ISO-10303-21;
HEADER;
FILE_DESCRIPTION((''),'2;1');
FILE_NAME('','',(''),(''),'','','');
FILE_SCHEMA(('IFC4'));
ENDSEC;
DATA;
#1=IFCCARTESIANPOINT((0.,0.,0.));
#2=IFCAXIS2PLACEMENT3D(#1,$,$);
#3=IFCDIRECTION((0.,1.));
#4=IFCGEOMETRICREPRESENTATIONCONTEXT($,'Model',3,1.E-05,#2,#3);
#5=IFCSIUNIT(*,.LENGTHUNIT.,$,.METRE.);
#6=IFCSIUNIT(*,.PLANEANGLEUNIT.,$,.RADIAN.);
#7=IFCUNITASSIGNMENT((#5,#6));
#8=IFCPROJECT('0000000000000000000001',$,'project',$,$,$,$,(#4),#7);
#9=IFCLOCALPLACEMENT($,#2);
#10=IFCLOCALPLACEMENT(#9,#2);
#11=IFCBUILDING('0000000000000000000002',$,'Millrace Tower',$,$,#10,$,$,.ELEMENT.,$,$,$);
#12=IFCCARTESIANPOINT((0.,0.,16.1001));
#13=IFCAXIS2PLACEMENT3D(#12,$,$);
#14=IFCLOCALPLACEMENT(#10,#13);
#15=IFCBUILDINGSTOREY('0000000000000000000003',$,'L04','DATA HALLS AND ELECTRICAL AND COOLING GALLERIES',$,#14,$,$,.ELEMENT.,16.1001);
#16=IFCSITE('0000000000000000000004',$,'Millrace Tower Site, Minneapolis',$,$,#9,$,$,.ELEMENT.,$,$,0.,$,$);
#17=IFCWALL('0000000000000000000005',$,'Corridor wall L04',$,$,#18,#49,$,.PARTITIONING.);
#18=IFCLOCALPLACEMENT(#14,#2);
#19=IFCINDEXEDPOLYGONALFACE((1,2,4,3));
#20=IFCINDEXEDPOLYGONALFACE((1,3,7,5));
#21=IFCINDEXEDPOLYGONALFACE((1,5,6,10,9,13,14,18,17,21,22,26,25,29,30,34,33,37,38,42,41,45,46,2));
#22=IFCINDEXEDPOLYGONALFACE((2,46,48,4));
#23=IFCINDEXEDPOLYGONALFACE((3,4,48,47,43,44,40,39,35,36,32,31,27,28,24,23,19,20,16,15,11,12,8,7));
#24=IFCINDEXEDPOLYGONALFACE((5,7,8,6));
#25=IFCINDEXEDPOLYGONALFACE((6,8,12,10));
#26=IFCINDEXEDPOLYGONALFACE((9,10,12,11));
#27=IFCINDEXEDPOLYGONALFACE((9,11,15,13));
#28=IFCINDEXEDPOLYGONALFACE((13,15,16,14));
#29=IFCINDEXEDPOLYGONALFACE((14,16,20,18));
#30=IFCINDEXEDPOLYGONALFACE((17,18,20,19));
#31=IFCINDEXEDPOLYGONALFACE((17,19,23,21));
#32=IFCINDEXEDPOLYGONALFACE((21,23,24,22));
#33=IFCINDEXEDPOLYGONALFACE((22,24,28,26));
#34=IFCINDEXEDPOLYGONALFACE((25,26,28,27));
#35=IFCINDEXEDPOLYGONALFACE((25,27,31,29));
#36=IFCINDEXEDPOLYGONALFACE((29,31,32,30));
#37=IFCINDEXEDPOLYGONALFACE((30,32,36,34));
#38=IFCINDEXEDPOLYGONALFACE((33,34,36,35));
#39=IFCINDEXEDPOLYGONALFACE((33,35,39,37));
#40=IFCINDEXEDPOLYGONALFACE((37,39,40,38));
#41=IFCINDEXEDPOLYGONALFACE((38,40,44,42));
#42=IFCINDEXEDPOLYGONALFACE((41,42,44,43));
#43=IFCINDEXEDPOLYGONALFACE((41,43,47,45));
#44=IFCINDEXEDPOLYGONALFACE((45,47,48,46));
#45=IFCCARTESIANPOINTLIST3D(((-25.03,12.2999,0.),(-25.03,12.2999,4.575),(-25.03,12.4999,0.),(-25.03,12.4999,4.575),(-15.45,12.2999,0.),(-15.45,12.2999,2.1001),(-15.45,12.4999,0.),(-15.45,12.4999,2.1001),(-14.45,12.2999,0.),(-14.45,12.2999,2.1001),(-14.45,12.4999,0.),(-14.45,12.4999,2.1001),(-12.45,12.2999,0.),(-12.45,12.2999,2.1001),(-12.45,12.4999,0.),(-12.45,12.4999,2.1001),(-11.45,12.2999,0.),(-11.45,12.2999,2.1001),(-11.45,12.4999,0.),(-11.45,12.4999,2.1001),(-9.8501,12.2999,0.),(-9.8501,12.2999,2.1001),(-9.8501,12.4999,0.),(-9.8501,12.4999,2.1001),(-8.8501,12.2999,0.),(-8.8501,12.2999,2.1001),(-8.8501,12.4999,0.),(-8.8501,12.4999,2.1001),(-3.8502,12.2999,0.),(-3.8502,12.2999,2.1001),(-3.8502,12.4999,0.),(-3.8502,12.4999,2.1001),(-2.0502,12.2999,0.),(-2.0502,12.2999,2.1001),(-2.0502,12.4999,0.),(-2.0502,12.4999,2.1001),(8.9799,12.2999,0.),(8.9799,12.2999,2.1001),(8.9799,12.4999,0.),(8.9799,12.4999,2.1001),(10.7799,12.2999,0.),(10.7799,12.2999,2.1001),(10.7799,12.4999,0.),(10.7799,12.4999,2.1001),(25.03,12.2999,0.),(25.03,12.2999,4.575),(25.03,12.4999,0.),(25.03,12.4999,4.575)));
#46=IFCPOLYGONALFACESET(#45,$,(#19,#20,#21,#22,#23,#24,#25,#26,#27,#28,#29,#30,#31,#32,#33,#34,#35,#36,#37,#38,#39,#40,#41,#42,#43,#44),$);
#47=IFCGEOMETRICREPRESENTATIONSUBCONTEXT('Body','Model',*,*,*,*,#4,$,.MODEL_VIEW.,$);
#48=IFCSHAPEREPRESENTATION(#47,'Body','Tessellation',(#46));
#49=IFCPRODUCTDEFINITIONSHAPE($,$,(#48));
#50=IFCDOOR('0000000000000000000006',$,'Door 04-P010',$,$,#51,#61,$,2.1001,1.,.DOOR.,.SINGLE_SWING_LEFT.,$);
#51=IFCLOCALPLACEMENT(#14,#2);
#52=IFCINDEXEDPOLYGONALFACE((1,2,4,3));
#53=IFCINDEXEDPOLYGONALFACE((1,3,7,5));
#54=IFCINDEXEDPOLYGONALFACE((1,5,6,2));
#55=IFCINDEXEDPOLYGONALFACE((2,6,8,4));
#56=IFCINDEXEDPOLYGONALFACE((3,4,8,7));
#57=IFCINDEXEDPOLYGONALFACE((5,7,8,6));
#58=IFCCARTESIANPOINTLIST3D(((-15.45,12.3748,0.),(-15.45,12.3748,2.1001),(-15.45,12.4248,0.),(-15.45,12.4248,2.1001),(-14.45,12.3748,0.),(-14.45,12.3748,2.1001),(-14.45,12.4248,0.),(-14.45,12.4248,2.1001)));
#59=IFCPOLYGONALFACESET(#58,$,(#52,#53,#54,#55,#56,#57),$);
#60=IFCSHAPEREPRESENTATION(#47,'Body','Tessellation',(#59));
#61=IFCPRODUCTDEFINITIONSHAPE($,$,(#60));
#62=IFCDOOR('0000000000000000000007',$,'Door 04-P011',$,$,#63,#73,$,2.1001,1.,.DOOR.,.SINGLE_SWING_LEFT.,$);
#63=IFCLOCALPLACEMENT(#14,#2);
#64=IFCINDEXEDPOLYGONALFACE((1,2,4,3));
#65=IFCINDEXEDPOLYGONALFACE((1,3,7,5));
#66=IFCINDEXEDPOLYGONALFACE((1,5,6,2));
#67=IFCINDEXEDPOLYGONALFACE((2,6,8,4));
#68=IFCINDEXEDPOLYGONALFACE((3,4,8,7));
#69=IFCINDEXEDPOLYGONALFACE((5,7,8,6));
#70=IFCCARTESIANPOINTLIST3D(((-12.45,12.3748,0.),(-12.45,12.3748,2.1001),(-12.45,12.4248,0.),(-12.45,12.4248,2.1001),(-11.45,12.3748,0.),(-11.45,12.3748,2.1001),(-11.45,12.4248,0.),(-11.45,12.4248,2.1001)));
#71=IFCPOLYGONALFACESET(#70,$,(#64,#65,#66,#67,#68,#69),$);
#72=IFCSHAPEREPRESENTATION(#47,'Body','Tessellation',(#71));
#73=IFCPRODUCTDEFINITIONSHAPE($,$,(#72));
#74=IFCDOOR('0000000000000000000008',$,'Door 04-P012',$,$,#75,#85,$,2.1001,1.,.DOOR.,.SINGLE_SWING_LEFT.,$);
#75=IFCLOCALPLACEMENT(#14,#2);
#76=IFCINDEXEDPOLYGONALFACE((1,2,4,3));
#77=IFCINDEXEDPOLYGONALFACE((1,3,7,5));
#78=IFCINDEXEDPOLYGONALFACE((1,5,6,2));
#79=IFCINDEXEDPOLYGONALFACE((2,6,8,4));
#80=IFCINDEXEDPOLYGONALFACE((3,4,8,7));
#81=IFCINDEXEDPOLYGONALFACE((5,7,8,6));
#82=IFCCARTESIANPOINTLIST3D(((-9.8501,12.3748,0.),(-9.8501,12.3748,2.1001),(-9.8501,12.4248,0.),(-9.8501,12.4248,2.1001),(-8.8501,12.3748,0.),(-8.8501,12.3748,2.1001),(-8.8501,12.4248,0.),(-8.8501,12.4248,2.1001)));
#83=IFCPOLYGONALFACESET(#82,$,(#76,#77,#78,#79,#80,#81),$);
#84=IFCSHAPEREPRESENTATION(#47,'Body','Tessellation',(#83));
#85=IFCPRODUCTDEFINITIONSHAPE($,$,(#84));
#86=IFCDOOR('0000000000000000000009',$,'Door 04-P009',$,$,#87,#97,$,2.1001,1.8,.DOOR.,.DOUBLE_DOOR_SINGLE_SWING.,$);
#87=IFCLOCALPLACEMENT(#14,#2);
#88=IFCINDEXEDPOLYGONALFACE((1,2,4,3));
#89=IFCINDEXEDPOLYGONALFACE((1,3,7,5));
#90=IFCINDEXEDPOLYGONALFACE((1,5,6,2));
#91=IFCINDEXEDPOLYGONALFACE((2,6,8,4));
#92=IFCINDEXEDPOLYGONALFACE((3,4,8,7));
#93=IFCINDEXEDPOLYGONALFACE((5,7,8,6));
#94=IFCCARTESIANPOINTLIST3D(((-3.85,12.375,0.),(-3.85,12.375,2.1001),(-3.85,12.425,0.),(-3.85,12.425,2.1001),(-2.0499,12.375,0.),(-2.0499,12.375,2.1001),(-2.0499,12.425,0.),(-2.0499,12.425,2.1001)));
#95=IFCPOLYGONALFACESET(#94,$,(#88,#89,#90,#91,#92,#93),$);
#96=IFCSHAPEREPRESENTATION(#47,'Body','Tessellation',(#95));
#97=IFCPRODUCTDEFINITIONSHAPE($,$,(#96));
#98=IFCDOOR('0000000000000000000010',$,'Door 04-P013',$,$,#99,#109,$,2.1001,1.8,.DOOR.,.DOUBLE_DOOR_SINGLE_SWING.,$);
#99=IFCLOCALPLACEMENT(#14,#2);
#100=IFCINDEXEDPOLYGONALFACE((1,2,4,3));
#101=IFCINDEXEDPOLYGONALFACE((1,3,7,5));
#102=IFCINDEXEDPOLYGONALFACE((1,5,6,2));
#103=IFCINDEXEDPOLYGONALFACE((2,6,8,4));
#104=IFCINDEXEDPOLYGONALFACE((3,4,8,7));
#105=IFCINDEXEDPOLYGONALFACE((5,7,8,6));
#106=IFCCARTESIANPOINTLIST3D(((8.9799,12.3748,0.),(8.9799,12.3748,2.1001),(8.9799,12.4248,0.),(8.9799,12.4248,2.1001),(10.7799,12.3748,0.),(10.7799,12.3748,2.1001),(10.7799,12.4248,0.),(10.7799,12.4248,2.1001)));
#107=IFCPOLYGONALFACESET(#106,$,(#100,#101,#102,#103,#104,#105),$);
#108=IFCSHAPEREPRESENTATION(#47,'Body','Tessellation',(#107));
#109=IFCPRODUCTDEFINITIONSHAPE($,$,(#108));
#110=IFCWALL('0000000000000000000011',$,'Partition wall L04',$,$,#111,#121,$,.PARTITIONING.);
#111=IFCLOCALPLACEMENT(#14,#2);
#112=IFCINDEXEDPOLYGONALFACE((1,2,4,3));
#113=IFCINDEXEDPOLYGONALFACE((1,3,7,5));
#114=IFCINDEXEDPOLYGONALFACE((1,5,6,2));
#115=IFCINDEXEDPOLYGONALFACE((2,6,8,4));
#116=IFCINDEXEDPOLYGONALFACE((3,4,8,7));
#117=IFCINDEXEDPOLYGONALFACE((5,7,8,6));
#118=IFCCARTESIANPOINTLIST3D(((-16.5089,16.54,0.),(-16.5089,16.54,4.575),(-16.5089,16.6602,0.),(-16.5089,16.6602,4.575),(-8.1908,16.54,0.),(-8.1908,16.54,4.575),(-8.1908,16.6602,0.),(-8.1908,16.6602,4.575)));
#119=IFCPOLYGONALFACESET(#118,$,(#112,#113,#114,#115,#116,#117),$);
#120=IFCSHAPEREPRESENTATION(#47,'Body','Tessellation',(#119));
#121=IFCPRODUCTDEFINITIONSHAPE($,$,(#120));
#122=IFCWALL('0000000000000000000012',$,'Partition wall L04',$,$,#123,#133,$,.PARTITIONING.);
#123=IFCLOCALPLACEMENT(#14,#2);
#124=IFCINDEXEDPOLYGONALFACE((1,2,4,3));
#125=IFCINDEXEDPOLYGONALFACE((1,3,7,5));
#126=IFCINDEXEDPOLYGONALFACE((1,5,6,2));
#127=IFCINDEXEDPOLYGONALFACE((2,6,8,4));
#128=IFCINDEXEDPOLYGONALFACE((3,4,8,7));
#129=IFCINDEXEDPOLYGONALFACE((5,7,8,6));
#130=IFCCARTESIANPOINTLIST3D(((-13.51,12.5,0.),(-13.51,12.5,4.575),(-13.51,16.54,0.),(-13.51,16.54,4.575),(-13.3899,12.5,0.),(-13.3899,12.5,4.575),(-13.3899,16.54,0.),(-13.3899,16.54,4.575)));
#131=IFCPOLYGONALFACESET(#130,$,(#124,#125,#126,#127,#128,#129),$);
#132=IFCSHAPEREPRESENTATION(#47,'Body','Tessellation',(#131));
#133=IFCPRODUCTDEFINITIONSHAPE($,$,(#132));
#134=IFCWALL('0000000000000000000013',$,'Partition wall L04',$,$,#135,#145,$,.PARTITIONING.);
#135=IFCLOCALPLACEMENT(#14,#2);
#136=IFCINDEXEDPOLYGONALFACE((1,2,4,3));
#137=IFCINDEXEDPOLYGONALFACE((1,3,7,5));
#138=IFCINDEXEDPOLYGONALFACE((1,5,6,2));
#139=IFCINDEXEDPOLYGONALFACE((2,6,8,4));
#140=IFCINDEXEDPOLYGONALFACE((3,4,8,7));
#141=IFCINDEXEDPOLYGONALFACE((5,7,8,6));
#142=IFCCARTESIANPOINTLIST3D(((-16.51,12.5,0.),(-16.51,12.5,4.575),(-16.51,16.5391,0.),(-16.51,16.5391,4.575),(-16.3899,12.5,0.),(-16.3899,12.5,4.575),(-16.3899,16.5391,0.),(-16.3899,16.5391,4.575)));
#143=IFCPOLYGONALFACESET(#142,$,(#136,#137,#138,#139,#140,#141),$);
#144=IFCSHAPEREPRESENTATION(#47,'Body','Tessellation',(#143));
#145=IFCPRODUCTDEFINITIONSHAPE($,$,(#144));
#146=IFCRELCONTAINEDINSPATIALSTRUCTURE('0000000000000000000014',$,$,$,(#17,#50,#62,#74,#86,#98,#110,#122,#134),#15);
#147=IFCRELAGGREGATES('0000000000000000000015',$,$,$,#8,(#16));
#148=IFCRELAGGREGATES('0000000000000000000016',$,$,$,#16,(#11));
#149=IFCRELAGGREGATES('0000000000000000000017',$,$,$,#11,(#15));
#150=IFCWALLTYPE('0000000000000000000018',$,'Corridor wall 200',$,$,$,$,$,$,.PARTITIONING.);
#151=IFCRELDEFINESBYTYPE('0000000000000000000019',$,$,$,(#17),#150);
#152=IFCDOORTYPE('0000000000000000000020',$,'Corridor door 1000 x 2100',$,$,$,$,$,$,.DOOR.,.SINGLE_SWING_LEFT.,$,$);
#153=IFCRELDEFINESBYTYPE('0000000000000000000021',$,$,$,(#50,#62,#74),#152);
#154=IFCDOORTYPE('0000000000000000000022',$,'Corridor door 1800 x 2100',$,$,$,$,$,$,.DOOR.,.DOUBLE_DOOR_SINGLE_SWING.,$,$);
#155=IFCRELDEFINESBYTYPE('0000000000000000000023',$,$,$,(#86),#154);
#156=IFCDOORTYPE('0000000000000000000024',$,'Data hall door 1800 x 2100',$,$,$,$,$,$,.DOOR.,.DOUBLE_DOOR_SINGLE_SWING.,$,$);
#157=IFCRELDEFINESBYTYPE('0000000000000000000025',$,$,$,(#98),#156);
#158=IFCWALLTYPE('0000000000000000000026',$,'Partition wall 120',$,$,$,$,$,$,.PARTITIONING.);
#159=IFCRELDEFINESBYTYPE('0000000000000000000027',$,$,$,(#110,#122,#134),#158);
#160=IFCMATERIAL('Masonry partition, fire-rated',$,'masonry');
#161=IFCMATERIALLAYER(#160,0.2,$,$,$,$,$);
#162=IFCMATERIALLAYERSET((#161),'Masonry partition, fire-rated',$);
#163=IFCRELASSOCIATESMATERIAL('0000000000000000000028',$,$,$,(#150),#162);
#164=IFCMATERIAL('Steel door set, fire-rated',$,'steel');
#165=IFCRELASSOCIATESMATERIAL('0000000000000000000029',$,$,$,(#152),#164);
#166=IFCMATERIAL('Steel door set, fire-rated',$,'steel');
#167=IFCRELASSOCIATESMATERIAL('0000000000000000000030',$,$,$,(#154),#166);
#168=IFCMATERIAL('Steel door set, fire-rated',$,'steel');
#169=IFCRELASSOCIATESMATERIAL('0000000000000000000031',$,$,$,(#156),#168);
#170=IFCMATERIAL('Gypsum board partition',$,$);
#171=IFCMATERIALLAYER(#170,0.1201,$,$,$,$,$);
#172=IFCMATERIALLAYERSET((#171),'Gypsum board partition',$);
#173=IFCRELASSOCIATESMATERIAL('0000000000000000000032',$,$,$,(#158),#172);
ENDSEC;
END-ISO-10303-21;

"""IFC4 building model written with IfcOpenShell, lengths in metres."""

from ifc_helpers import new_model, si_unit, direction, frame, frame_2d, origin, place, context, subcontext, project, spatial, rectangle, extrude, material, layer, layer_set, type_object, element, fill, save


model = new_model("IFC4")

# Units and contexts
model_context = context("Model", 3, precision=1e-05, world=origin(), true_north=direction((0.0, 1.0)))
body_context = subcontext(model_context, "Body", "Model", "MODEL_VIEW")
ifc_project = project(units=[si_unit("LENGTHUNIT", "METRE"), si_unit("PLANEANGLEUNIT", "RADIAN")], contexts=[model_context])

# Site, building, storey
site_placement = place(None, origin())
site = spatial("IfcSite", under=ifc_project, at=site_placement, Name="Millrace Tower Site, Minneapolis", CompositionType="ELEMENT", RefElevation=0.0)
building_placement = place(site_placement, origin())
building = spatial("IfcBuilding", under=site, at=building_placement, Name="Millrace Tower", CompositionType="ELEMENT")
storey_placement = place(building_placement, frame((0.0, 0.0, 16.1001)))
storey = spatial("IfcBuildingStorey", under=building, at=storey_placement, Name="L04", Description="DATA HALLS AND ELECTRICAL AND COOLING GALLERIES", CompositionType="ELEMENT", Elevation=16.1001)

# Wall, openings, doors
ifc_material_1 = material(Name="Masonry partition, fire-rated", Category="masonry")
ifc_layer_1 = layer(ifc_material_1, 0.2)
ifc_layer_set_1 = layer_set([ifc_layer_1], Name="Masonry partition, fire-rated")
wall_type_1 = type_object("IfcWallType", Name="Corridor wall 200", PredefinedType="PARTITIONING", material=ifc_layer_set_1)
wall_1_placement = place(storey_placement, frame((-25.03, 12.3999, 0.0), z_axis=(0.0, 0.0, 1.0), x_axis=(1.0, 0.0, 0.0)))
wall_1 = element("IfcWall", 1, at=wall_1_placement, inside=storey, type_object=wall_type_1, Name="Corridor wall L04", PredefinedType="PARTITIONING", context=body_context, shape_type="SweptSolid", body=[
    extrude(rectangle(XDim=50.0601, YDim=0.2, at=frame_2d((25.03, 0.0))), origin(), (0.0, 0.0, 1.0), 4.575),
])
opening_1_placement = place(wall_1_placement, frame((21.1799, 0.0, 0.0)))
opening_1 = element("IfcOpeningElement", 2, at=opening_1_placement, cuts=wall_1, PredefinedType="OPENING", context=body_context, shape_type="SweptSolid", body=[
    extrude(rectangle(XDim=1.8, YDim=2.1001, at=frame_2d((0.8999, 1.05))), frame((0.0, 0.1099, 0.0), z_axis=(0.0, -1.0, 0.0), x_axis=(1.0, 0.0, 0.0)), (0.0, 0.0, 1.0), 0.22),
])
opening_2_placement = place(wall_1_placement, frame((9.5801, 0.0, 0.0)))
opening_2 = element("IfcOpeningElement", 3, at=opening_2_placement, cuts=wall_1, PredefinedType="OPENING", context=body_context, shape_type="SweptSolid", body=[
    extrude(rectangle(XDim=1.0, YDim=2.1001, at=frame_2d((0.5, 1.05))), frame((0.0, 0.1099, 0.0), z_axis=(0.0, -1.0, 0.0), x_axis=(1.0, 0.0, 0.0)), (0.0, 0.0, 1.0), 0.22),
])
opening_3_placement = place(wall_1_placement, frame((12.5801, 0.0, 0.0)))
opening_3 = element("IfcOpeningElement", 4, at=opening_3_placement, cuts=wall_1, PredefinedType="OPENING", context=body_context, shape_type="SweptSolid", body=[
    extrude(rectangle(XDim=1.0, YDim=2.1001, at=frame_2d((0.5, 1.05))), frame((0.0, 0.1099, 0.0), z_axis=(0.0, -1.0, 0.0), x_axis=(1.0, 0.0, 0.0)), (0.0, 0.0, 1.0), 0.22),
])
opening_4_placement = place(wall_1_placement, frame((15.1799, 0.0, 0.0)))
opening_4 = element("IfcOpeningElement", 5, at=opening_4_placement, cuts=wall_1, PredefinedType="OPENING", context=body_context, shape_type="SweptSolid", body=[
    extrude(rectangle(XDim=1.0, YDim=2.1001, at=frame_2d((0.5, 1.05))), frame((0.0, 0.1099, 0.0), z_axis=(0.0, -1.0, 0.0), x_axis=(1.0, 0.0, 0.0)), (0.0, 0.0, 1.0), 0.22),
])
opening_5_placement = place(wall_1_placement, frame((34.01, 0.0, 0.0)))
opening_5 = element("IfcOpeningElement", 6, at=opening_5_placement, cuts=wall_1, PredefinedType="OPENING", context=body_context, shape_type="SweptSolid", body=[
    extrude(rectangle(XDim=1.8, YDim=2.1001, at=frame_2d((0.8999, 1.05))), frame((0.0, 0.1099, 0.0), z_axis=(0.0, -1.0, 0.0), x_axis=(1.0, 0.0, 0.0)), (0.0, 0.0, 1.0), 0.22),
])
ifc_material_2 = material(Name="Steel door set, fire-rated", Category="steel")
door_type_1 = type_object("IfcDoorType", Name="Corridor door 1000 x 2100", OperationType="SINGLE_SWING_LEFT", PredefinedType="DOOR", material=ifc_material_2)
door_1_placement = place(opening_2_placement, origin())
door_1 = element("IfcDoor", 7, at=door_1_placement, inside=storey, type_object=door_type_1, Name="Door 04-P010", OperationType="SINGLE_SWING_LEFT", OverallHeight=2.1001, OverallWidth=1.0, PredefinedType="DOOR", context=body_context, shape_type="SweptSolid", body=[
    extrude(rectangle(XDim=1.0, YDim=2.1001, at=frame_2d((0.5, 1.05))), frame((0.0, 0.0249, 0.0), z_axis=(0.0, -1.0, 0.0), x_axis=(1.0, 0.0, 0.0)), (0.0, 0.0, 1.0), 0.05),
])
fill(opening_2, door_1)
door_2_placement = place(opening_3_placement, origin())
door_2 = element("IfcDoor", 8, at=door_2_placement, inside=storey, type_object=door_type_1, Name="Door 04-P011", OperationType="SINGLE_SWING_LEFT", OverallHeight=2.1001, OverallWidth=1.0, PredefinedType="DOOR", context=body_context, shape_type="SweptSolid", body=[
    extrude(rectangle(XDim=1.0, YDim=2.1001, at=frame_2d((0.5, 1.05))), frame((0.0, 0.0249, 0.0), z_axis=(0.0, -1.0, 0.0), x_axis=(1.0, 0.0, 0.0)), (0.0, 0.0, 1.0), 0.05),
])
fill(opening_3, door_2)
door_3_placement = place(opening_4_placement, origin())
door_3 = element("IfcDoor", 9, at=door_3_placement, inside=storey, type_object=door_type_1, Name="Door 04-P012", OperationType="SINGLE_SWING_LEFT", OverallHeight=2.1001, OverallWidth=1.0, PredefinedType="DOOR", context=body_context, shape_type="SweptSolid", body=[
    extrude(rectangle(XDim=1.0, YDim=2.1001, at=frame_2d((0.5, 1.05))), frame((0.0, 0.0249, 0.0), z_axis=(0.0, -1.0, 0.0), x_axis=(1.0, 0.0, 0.0)), (0.0, 0.0, 1.0), 0.05),
])
fill(opening_4, door_3)
ifc_material_3 = material(Name="Steel door set, fire-rated", Category="steel")
door_type_2 = type_object("IfcDoorType", Name="Corridor door 1800 x 2100", OperationType="DOUBLE_DOOR_SINGLE_SWING", PredefinedType="DOOR", material=ifc_material_3)
door_4_placement = place(opening_1_placement, frame((1.8, 0.0, 0.0), z_axis=(0.0, 0.0, 1.0), x_axis=(-1.0, 0.0, 0.0)))
door_4 = element("IfcDoor", 10, at=door_4_placement, inside=storey, type_object=door_type_2, Name="Door 04-P009", OperationType="DOUBLE_DOOR_SINGLE_SWING", OverallHeight=2.1001, OverallWidth=1.8, PredefinedType="DOOR", context=body_context, shape_type="SweptSolid", body=[
    extrude(rectangle(XDim=1.8, YDim=2.1001, at=frame_2d((0.8999, 1.05))), frame((0.0, 0.0249, 0.0), z_axis=(0.0, -1.0, 0.0), x_axis=(1.0, 0.0, 0.0)), (0.0, 0.0, 1.0), 0.05),
])
fill(opening_1, door_4)
ifc_material_4 = material(Name="Steel door set, fire-rated", Category="steel")
door_type_3 = type_object("IfcDoorType", Name="Data hall door 1800 x 2100", OperationType="DOUBLE_DOOR_SINGLE_SWING", PredefinedType="DOOR", material=ifc_material_4)
door_5_placement = place(opening_5_placement, origin())
door_5 = element("IfcDoor", 11, at=door_5_placement, inside=storey, type_object=door_type_3, Name="Door 04-P013", OperationType="DOUBLE_DOOR_SINGLE_SWING", OverallHeight=2.1001, OverallWidth=1.8, PredefinedType="DOOR", context=body_context, shape_type="SweptSolid", body=[
    extrude(rectangle(XDim=1.8, YDim=2.1001, at=frame_2d((0.8999, 1.05))), frame((0.0, 0.0249, 0.0), z_axis=(0.0, -1.0, 0.0), x_axis=(1.0, 0.0, 0.0)), (0.0, 0.0, 1.0), 0.05),
])
fill(opening_5, door_5)

# Walls
ifc_material_5 = material(Name="Gypsum board partition")
ifc_layer_2 = layer(ifc_material_5, 0.1201)
ifc_layer_set_2 = layer_set([ifc_layer_2], Name="Gypsum board partition")
wall_type_2 = type_object("IfcWallType", Name="Partition wall 120", PredefinedType="PARTITIONING", material=ifc_layer_set_2)
wall_2_placement = place(storey_placement, frame((-16.509, 16.6001, 0.0), z_axis=(0.0, 0.0, 1.0), x_axis=(1.0, 0.0, 0.0)))
element("IfcWall", 12, at=wall_2_placement, inside=storey, type_object=wall_type_2, Name="Partition wall L04", PredefinedType="PARTITIONING", context=body_context, shape_type="SweptSolid", body=[
    extrude(rectangle(XDim=8.3181, YDim=0.1201, at=frame_2d((4.1592, 0.0))), origin(), (0.0, 0.0, 1.0), 4.575),
])
wall_3_placement = place(storey_placement, frame((-13.45, 12.5, 0.0), z_axis=(0.0, 0.0, 1.0), x_axis=(0.0, 1.0, 0.0)))
element("IfcWall", 13, at=wall_3_placement, inside=storey, type_object=wall_type_2, Name="Partition wall L04", PredefinedType="PARTITIONING", context=body_context, shape_type="SweptSolid", body=[
    extrude(rectangle(XDim=4.04, YDim=0.1201, at=frame_2d((2.02, 0.0))), origin(), (0.0, 0.0, 1.0), 4.575),
])
wall_4_placement = place(storey_placement, frame((-16.45, 12.5, 0.0), z_axis=(0.0, 0.0, 1.0), x_axis=(0.0, 1.0, 0.0)))
element("IfcWall", 14, at=wall_4_placement, inside=storey, type_object=wall_type_2, Name="Partition wall L04", PredefinedType="PARTITIONING", context=body_context, shape_type="SweptSolid", body=[
    extrude(rectangle(XDim=4.0391, YDim=0.1201, at=frame_2d((2.0195, 0.0))), origin(), (0.0, 0.0, 1.0), 4.575),
])

save(model, "model.ifc")
